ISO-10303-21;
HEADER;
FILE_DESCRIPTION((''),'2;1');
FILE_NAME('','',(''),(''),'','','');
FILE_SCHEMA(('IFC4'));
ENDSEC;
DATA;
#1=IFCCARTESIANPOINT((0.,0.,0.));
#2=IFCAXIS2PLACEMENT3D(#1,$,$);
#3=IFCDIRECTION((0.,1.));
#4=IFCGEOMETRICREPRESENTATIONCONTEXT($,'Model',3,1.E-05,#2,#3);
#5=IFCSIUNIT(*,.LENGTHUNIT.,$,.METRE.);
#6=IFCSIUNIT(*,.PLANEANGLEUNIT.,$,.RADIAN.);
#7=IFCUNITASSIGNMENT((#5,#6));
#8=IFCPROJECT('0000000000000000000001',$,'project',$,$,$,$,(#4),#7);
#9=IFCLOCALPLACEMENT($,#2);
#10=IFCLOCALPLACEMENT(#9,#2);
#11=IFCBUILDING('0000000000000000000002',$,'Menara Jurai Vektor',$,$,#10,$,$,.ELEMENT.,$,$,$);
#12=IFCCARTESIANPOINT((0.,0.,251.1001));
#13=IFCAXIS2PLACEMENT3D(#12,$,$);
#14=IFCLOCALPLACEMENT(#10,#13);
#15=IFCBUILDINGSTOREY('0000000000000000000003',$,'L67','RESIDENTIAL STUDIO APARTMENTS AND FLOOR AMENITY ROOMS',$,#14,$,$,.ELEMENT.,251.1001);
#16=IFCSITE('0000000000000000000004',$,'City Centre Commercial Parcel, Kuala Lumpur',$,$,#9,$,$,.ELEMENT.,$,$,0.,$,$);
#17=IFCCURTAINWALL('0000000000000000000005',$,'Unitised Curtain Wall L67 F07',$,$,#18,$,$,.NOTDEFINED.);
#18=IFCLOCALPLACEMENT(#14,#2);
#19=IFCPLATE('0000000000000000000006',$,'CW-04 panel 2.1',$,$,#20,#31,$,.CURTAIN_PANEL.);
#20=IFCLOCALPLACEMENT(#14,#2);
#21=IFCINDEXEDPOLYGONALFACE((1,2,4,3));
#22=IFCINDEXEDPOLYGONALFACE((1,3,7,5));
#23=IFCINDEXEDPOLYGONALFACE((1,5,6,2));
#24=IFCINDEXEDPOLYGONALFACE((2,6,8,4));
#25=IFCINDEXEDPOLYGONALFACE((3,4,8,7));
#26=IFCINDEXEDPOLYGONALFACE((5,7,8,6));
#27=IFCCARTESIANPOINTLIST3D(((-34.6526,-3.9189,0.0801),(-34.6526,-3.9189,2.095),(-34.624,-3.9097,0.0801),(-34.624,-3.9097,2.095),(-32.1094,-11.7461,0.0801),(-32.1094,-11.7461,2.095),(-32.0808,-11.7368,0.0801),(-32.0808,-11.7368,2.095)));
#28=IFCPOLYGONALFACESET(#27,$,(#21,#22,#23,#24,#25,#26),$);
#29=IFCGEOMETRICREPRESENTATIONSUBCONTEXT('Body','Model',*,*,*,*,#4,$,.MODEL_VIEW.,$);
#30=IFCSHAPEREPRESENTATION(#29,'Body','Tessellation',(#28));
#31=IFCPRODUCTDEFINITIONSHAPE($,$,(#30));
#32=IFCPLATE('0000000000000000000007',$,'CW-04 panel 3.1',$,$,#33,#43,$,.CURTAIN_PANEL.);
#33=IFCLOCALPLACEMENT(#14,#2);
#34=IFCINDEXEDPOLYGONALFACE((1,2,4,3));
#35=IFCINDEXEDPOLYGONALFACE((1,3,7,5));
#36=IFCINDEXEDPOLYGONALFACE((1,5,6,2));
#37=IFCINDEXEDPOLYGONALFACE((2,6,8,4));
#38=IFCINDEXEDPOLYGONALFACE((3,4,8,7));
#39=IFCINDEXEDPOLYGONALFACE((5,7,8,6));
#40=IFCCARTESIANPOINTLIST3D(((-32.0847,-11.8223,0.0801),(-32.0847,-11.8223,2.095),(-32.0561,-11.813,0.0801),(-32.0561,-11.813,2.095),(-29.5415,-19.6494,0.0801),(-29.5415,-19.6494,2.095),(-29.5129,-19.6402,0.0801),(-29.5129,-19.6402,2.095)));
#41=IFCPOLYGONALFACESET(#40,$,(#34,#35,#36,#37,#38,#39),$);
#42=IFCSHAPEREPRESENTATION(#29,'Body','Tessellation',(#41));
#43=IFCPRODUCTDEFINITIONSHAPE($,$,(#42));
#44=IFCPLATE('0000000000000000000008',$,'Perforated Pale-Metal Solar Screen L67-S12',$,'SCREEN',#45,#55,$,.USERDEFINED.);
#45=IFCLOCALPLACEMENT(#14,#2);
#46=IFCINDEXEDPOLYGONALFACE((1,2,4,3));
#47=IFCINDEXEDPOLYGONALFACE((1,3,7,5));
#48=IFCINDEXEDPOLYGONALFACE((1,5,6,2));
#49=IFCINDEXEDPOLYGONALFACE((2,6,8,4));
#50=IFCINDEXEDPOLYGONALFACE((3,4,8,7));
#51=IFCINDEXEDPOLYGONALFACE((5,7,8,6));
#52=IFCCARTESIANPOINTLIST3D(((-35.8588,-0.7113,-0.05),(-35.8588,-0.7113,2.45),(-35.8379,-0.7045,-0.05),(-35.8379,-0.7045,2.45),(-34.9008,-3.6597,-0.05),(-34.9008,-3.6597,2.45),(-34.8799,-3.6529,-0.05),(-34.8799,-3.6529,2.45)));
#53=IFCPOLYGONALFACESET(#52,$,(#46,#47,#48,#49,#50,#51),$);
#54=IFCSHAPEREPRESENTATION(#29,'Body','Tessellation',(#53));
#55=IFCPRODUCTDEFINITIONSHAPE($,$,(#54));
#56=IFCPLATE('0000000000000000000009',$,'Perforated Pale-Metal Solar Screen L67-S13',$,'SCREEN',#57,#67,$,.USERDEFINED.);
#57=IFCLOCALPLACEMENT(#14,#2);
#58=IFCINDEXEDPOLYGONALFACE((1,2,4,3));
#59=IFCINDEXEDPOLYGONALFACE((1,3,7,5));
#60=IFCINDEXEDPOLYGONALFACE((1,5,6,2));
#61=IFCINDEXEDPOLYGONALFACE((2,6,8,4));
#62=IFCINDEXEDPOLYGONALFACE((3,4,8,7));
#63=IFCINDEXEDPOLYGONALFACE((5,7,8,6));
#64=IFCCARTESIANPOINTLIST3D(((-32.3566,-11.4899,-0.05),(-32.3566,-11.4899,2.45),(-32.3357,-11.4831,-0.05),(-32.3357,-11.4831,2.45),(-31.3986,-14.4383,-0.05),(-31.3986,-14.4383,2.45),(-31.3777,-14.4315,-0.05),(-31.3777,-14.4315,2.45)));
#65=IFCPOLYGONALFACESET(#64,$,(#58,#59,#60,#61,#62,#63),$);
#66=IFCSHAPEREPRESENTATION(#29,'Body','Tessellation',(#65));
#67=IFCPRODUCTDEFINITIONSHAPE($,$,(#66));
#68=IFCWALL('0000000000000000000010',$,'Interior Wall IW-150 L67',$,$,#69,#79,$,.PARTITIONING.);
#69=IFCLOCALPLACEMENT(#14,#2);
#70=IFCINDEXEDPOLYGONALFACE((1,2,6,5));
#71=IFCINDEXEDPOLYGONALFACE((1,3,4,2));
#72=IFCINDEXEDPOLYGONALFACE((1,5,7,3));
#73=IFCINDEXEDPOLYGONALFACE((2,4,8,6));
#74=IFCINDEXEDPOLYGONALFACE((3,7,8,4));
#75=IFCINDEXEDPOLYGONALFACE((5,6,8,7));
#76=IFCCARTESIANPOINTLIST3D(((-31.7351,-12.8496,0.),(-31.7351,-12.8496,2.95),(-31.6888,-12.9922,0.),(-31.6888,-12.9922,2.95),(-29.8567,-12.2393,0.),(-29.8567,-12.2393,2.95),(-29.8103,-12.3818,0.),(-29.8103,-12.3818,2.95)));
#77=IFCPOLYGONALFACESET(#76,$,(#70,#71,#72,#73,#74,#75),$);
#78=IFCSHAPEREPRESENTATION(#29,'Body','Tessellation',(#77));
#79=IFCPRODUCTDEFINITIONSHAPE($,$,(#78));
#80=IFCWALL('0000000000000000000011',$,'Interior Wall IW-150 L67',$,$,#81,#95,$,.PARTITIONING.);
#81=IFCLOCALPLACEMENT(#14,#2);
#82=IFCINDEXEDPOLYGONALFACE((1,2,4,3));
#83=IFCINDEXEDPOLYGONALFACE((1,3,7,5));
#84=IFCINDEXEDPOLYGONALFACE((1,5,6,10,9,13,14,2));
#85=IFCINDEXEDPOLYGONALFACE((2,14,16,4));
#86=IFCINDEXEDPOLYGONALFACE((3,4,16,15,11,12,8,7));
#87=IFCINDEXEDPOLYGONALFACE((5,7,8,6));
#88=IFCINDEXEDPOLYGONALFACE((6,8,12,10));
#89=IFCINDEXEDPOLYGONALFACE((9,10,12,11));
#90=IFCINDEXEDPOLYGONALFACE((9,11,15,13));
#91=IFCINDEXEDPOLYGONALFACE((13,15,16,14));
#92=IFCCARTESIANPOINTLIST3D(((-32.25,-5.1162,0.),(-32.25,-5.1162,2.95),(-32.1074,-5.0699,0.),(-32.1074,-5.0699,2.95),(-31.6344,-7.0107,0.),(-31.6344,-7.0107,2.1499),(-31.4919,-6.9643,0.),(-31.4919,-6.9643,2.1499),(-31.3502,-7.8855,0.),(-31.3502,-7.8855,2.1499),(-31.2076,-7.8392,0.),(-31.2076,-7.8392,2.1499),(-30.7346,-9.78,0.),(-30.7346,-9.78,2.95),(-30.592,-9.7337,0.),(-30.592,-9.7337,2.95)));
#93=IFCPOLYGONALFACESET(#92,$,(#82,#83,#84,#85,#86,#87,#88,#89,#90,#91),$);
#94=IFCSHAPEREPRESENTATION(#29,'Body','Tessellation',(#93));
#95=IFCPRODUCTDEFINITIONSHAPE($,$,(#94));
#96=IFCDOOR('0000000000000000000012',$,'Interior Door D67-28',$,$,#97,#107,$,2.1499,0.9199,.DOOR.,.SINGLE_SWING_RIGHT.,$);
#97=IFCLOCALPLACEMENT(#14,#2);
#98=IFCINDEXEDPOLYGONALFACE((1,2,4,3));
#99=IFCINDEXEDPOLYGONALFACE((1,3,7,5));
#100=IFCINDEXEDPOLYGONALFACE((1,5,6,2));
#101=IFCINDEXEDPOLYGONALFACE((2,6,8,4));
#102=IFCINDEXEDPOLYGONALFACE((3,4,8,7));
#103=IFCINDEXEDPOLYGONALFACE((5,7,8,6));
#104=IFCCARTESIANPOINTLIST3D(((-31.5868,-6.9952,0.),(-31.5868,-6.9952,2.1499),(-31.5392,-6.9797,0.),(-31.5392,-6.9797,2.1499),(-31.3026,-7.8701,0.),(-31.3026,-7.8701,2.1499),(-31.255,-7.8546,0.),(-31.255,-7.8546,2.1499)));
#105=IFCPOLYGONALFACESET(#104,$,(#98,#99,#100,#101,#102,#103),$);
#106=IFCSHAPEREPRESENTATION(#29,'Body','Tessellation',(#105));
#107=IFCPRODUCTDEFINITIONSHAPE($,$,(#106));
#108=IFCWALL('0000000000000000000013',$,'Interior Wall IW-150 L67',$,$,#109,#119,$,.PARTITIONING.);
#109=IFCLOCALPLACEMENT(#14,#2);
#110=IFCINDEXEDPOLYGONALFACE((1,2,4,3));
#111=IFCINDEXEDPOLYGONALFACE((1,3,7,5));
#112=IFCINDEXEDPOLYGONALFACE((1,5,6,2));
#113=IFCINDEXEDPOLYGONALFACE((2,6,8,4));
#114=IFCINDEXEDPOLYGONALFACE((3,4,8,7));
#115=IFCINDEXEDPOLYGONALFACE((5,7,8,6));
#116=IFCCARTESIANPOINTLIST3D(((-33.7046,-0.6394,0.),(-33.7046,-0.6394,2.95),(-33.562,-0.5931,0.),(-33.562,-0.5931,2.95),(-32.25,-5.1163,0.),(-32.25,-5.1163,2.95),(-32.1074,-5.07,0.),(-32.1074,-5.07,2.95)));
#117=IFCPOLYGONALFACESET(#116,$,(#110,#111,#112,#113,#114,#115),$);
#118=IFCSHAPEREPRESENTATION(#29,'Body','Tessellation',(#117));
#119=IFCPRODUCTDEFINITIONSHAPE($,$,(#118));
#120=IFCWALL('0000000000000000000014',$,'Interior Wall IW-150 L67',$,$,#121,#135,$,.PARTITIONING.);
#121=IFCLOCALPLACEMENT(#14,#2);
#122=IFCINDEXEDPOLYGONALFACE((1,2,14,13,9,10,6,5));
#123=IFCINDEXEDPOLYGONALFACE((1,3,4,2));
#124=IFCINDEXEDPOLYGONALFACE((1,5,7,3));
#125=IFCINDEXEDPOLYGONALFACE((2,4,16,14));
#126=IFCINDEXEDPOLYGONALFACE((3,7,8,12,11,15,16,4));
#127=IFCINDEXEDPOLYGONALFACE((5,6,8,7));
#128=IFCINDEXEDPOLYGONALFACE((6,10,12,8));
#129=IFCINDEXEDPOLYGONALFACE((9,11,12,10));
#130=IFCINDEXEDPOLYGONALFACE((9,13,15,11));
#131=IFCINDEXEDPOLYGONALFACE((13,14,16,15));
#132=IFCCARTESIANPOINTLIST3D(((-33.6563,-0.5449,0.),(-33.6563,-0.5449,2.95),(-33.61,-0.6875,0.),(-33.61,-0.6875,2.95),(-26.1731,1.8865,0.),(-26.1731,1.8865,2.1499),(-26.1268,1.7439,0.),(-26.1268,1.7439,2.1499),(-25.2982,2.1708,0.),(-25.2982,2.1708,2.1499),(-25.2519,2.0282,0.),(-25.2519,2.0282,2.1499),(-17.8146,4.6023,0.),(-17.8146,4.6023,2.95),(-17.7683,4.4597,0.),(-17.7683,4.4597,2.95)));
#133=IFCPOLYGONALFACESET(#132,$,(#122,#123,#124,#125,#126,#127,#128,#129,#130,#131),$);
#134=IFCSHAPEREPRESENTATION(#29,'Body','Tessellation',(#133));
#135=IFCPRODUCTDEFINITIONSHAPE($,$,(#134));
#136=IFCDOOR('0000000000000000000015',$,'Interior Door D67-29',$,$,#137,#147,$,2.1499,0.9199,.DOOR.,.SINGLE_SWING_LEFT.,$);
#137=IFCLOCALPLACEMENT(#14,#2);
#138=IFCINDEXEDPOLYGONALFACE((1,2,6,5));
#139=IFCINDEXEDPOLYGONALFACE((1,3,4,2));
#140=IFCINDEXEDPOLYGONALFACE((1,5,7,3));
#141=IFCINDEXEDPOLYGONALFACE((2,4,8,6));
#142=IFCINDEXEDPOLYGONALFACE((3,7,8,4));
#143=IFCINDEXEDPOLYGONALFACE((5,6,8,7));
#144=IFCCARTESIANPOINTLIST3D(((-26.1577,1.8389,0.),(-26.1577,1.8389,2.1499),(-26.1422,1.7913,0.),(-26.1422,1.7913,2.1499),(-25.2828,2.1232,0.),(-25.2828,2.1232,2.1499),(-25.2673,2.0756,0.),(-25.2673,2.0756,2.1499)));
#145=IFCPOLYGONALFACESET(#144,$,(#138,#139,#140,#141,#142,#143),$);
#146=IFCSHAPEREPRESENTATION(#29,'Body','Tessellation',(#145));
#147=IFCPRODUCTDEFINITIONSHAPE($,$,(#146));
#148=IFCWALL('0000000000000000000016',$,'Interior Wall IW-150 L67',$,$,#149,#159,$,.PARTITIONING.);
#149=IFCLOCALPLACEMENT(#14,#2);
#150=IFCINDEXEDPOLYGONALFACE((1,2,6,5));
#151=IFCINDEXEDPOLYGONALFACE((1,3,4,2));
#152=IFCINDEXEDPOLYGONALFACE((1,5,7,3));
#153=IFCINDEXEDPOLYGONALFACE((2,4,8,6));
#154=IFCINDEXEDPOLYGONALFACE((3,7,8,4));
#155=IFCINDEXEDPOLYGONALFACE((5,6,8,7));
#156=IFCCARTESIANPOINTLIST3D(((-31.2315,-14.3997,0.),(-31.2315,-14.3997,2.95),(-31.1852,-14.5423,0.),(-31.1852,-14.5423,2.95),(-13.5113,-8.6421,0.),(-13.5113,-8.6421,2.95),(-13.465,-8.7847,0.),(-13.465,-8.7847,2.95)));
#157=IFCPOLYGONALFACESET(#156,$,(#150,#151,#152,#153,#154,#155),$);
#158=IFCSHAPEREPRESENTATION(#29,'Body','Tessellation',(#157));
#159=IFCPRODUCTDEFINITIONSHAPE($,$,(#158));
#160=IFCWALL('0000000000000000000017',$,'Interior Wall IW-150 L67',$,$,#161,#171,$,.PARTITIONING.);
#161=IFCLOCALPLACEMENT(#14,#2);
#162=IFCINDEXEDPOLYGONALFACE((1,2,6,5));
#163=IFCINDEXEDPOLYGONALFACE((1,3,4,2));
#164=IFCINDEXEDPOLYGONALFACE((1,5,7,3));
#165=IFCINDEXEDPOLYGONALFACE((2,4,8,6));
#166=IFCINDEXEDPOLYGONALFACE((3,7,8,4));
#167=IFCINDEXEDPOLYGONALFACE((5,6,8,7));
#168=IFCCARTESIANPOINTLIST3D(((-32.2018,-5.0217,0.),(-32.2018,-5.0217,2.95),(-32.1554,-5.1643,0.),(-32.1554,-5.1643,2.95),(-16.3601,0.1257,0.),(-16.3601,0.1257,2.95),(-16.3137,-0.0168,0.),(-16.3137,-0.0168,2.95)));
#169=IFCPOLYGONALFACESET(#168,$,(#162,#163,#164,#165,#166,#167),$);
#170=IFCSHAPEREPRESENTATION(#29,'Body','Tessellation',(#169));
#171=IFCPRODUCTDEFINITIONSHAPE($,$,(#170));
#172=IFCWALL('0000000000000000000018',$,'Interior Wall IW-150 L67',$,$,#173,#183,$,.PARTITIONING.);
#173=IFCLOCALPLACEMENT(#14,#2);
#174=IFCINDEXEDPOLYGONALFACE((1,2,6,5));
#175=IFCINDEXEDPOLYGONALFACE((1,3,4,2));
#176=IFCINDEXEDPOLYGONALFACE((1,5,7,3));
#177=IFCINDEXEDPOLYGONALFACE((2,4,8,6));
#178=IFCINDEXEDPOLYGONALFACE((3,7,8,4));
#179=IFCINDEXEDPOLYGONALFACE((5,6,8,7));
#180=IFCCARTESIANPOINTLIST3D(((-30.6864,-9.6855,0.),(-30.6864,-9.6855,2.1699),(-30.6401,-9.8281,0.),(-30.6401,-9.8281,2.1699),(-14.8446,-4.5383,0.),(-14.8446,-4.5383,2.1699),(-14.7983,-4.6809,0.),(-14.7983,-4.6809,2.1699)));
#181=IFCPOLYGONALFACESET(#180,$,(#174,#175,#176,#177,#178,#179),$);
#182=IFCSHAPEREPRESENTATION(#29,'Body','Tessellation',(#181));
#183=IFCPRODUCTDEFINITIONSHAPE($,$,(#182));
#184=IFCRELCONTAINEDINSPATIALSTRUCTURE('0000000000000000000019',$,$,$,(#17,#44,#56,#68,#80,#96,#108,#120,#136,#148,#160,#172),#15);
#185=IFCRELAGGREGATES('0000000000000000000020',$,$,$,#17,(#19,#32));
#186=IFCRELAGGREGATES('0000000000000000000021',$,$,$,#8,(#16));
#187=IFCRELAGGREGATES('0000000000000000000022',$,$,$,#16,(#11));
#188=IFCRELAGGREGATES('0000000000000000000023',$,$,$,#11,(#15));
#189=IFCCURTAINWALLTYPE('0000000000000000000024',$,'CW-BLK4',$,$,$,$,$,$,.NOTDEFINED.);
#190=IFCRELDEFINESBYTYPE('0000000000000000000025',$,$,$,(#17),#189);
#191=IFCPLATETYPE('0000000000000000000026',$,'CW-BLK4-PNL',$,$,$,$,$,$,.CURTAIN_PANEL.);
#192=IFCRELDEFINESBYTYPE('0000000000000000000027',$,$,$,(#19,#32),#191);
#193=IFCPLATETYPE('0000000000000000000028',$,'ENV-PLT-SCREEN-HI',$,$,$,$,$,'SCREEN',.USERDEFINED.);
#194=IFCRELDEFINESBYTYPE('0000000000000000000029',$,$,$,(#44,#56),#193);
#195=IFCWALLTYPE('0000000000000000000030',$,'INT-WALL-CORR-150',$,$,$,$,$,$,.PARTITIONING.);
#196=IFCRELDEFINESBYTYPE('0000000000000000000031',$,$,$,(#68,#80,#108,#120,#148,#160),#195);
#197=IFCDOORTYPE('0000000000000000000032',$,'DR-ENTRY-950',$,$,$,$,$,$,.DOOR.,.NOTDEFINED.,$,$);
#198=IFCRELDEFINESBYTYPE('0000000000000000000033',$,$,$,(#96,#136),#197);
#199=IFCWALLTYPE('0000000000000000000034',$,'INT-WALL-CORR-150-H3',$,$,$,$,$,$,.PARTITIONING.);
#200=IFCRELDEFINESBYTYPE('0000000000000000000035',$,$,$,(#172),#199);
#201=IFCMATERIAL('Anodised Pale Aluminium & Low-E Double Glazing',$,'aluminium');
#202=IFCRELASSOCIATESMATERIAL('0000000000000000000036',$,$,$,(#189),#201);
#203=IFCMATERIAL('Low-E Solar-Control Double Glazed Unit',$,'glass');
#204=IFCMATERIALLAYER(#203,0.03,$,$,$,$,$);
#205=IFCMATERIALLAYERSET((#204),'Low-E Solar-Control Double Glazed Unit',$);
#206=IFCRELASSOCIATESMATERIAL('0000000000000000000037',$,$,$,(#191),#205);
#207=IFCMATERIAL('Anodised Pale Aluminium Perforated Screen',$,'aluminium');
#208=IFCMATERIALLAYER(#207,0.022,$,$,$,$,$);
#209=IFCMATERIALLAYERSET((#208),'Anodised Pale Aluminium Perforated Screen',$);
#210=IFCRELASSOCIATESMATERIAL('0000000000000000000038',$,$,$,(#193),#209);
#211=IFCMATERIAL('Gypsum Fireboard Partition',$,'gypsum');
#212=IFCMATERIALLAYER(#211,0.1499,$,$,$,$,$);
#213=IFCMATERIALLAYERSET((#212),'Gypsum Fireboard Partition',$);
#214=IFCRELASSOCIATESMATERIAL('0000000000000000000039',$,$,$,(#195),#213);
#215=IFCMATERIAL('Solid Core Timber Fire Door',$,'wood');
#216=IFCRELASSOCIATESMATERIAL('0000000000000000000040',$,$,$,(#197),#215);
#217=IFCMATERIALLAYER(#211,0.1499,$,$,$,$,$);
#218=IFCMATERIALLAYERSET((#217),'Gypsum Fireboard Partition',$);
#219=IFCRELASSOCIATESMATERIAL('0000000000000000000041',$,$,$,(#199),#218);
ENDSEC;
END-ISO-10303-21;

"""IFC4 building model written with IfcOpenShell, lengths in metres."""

from ifc_helpers import new_model, si_unit, direction, frame, frame_2d, origin, origin_2d, place, context, subcontext, project, spatial, rectangle, extrude, material, layer, layer_set, type_object, element, fill, aggregate, save


model = new_model("IFC4")

# Units and contexts
model_context = context("Model", 3, precision=1e-05, world=origin(), true_north=direction((0.0, 1.0)))
body_context = subcontext(model_context, "Body", "Model", "MODEL_VIEW")
ifc_project = project(units=[si_unit("LENGTHUNIT", "METRE"), si_unit("PLANEANGLEUNIT", "RADIAN")], contexts=[model_context])

# Site, building, storey
site_placement = place(None, origin())
site = spatial("IfcSite", under=ifc_project, at=site_placement, Name="City Centre Commercial Parcel, Kuala Lumpur", CompositionType="ELEMENT", RefElevation=0.0)
building_placement = place(site_placement, origin())
building = spatial("IfcBuilding", under=site, at=building_placement, Name="Menara Jurai Vektor", CompositionType="ELEMENT")
storey_placement = place(building_placement, frame((0.0, 0.0, 251.1001)))
storey = spatial("IfcBuildingStorey", under=building, at=storey_placement, Name="L67", Description="RESIDENTIAL STUDIO APARTMENTS AND FLOOR AMENITY ROOMS", CompositionType="ELEMENT", Elevation=251.1001)

# Curtain wall
ifc_material_1 = material(Name="Anodised Pale Aluminium & Low-E Double Glazing", Category="aluminium")
curtain_wall_type = type_object("IfcCurtainWallType", Name="CW-BLK4", PredefinedType="NOTDEFINED", material=ifc_material_1)
curtain_wall_placement = place(storey_placement, origin())
curtain_wall = element("IfcCurtainWall", 1, at=curtain_wall_placement, inside=storey, type_object=curtain_wall_type, Name="Unitised Curtain Wall L67 F07", PredefinedType="NOTDEFINED")

# Plates
ifc_material_2 = material(Name="Low-E Solar-Control Double Glazed Unit", Category="glass")
ifc_layer_1 = layer(ifc_material_2, 0.03)
ifc_layer_set_1 = layer_set([ifc_layer_1], Name="Low-E Solar-Control Double Glazed Unit")
plate_type_1 = type_object("IfcPlateType", Name="CW-BLK4-PNL", PredefinedType="CURTAIN_PANEL", material=ifc_layer_set_1)
plate_1_placement = place(storey_placement, frame((-33.3667, -7.8279, 0.0801), z_axis=(0.0, 0.0, 1.0), x_axis=(0.309016, -0.951057, 0.0)))
plate_1 = element("IfcPlate", 2, at=plate_1_placement, type_object=plate_type_1, Name="CW-04 panel 2.1", PredefinedType="CURTAIN_PANEL", context=body_context, shape_type="SweptSolid", body=[
    extrude(rectangle(XDim=8.23, YDim=0.03, at=origin_2d()), origin(), (0.0, 0.0, 1.0), 2.0149),
])
plate_2_placement = place(storey_placement, frame((-30.7988, -15.7312, 0.0801), z_axis=(0.0, 0.0, 1.0), x_axis=(0.309016, -0.951057, 0.0)))
plate_2 = element("IfcPlate", 3, at=plate_2_placement, type_object=plate_type_1, Name="CW-04 panel 3.1", PredefinedType="CURTAIN_PANEL", context=body_context, shape_type="SweptSolid", body=[
    extrude(rectangle(XDim=8.23, YDim=0.03, at=origin_2d()), origin(), (0.0, 0.0, 1.0), 2.0149),
])
aggregate(curtain_wall, [plate_1, plate_2])

# Plates
ifc_material_3 = material(Name="Anodised Pale Aluminium Perforated Screen", Category="aluminium")
ifc_layer_2 = layer(ifc_material_3, 0.022)
ifc_layer_set_2 = layer_set([ifc_layer_2], Name="Anodised Pale Aluminium Perforated Screen")
plate_type_2 = type_object("IfcPlateType", Name="ENV-PLT-SCREEN-HI", ElementType="SCREEN", PredefinedType="USERDEFINED", material=ifc_layer_set_2)
for number, where, z_axis, x_axis, name in (
    (4, (-35.3694, -2.1821, -0.05), (0.0, 0.0, 1.0), (0.309017, -0.951057, 0.0), "Perforated Pale-Metal Solar Screen L67-S12"),
    (5, (-31.8672, -12.9607, -0.05), (0.0, 0.0, 1.0), (0.309017, -0.951057, 0.0), "Perforated Pale-Metal Solar Screen L67-S13"),
):
    element("IfcPlate", number, at=place(storey_placement, frame(where, z_axis=z_axis, x_axis=x_axis)), inside=storey, type_object=plate_type_2, Name=name, ObjectType="SCREEN", PredefinedType="USERDEFINED", context=body_context, shape_type="SweptSolid", body=[
        extrude(rectangle(XDim=3.1001, YDim=0.022, at=origin_2d()), origin(), (0.0, 0.0, 1.0), 2.5),
    ])

# Wall
ifc_material_4 = material(Name="Gypsum Fireboard Partition", Category="gypsum")
ifc_layer_3 = layer(ifc_material_4, 0.1499)
ifc_layer_set_3 = layer_set([ifc_layer_3], Name="Gypsum Fireboard Partition")
wall_type_1 = type_object("IfcWallType", Name="INT-WALL-CORR-150", PredefinedType="PARTITIONING", material=ifc_layer_set_3)
wall_1_placement = place(storey_placement, frame((-31.7119, -12.9209, 0.0), z_axis=(0.0, 0.0, 1.0), x_axis=(0.951054, 0.309025, 0.0)))
element("IfcWall", 6, at=wall_1_placement, inside=storey, type_object=wall_type_1, Name="Interior Wall IW-150 L67", PredefinedType="PARTITIONING", context=body_context, shape_type="SweptSolid", body=[
    extrude(rectangle(XDim=1.9751, YDim=0.1499, at=frame_2d((0.9875, 0.0))), origin(), (0.0, 0.0, 1.0), 2.95),
])

# Wall, opening, door
ifc_material_5 = material(Name="Solid Core Timber Fire Door", Category="wood")
door_type = type_object("IfcDoorType", Name="DR-ENTRY-950", OperationType="NOTDEFINED", PredefinedType="DOOR", material=ifc_material_5)
wall_2_placement = place(storey_placement, frame((-30.6633, -9.7568, 0.0), z_axis=(0.0, 0.0, 1.0), x_axis=(-0.30902, 0.951056, 0.0)))
wall_2 = element("IfcWall", 7, at=wall_2_placement, inside=storey, type_object=wall_type_1, Name="Interior Wall IW-150 L67", PredefinedType="PARTITIONING", context=body_context, shape_type="SweptSolid", body=[
    extrude(rectangle(XDim=4.9038, YDim=0.1499, at=frame_2d((2.4519, 0.0))), origin(), (0.0, 0.0, 1.0), 2.95),
])
opening_1_placement = place(wall_2_placement, frame((1.9919, 0.0, 0.0)))
opening_1 = element("IfcOpeningElement", 8, at=opening_1_placement, cuts=wall_2, PredefinedType="OPENING", context=body_context, shape_type="SweptSolid", body=[
    extrude(rectangle(XDim=0.9199, YDim=2.1499, at=frame_2d((0.46, 1.075))), frame((0.0, 0.085, 0.0), z_axis=(0.0, -1.0, 0.0), x_axis=(1.0, 0.0, 0.0)), (0.0, 0.0, 1.0), 0.1699),
])
door_1_placement = place(opening_1_placement, origin())
door_1 = element("IfcDoor", 9, at=door_1_placement, inside=storey, type_object=door_type, Name="Interior Door D67-28", OperationType="SINGLE_SWING_RIGHT", OverallHeight=2.1499, OverallWidth=0.9199, PredefinedType="DOOR", context=body_context, shape_type="SweptSolid", body=[
    extrude(rectangle(XDim=0.9199, YDim=2.1499, at=frame_2d((0.46, 1.075))), frame((0.0, 0.0249, 0.0), z_axis=(0.0, -1.0, 0.0), x_axis=(1.0, 0.0, 0.0)), (0.0, 0.0, 1.0), 0.05),
])
fill(opening_1, door_1)

# Wall
wall_3_placement = place(storey_placement, frame((-32.1787, -5.093, 0.0), z_axis=(0.0, 0.0, 1.0), x_axis=(-0.309015, 0.951057, 0.0)))
element("IfcWall", 10, at=wall_3_placement, inside=storey, type_object=wall_type_1, Name="Interior Wall IW-150 L67", PredefinedType="PARTITIONING", context=body_context, shape_type="SweptSolid", body=[
    extrude(rectangle(XDim=4.7073, YDim=0.1499, at=frame_2d((2.3535, 0.0))), origin(), (0.0, 0.0, 1.0), 2.95),
])

# Wall, opening, door
wall_4_placement = place(storey_placement, frame((-33.6333, -0.6162, 0.0), z_axis=(0.0, 0.0, 1.0), x_axis=(0.951058, 0.309012, 0.0)))
wall_4 = element("IfcWall", 11, at=wall_4_placement, inside=storey, type_object=wall_type_1, Name="Interior Wall IW-150 L67", PredefinedType="PARTITIONING", context=body_context, shape_type="SweptSolid", body=[
    extrude(rectangle(XDim=16.657, YDim=0.1499, at=frame_2d((8.3286, 0.0))), origin(), (0.0, 0.0, 1.0), 2.95),
])
opening_2_placement = place(wall_4_placement, frame((7.8684, 0.0, 0.0)))
opening_2 = element("IfcOpeningElement", 12, at=opening_2_placement, cuts=wall_4, PredefinedType="OPENING", context=body_context, shape_type="SweptSolid", body=[
    extrude(rectangle(XDim=0.9199, YDim=2.1499, at=frame_2d((0.46, 1.075))), frame((0.0, 0.085, 0.0), z_axis=(0.0, -1.0, 0.0), x_axis=(1.0, 0.0, 0.0)), (0.0, 0.0, 1.0), 0.1699),
])
door_2_placement = place(opening_2_placement, origin())
door_2 = element("IfcDoor", 13, at=door_2_placement, inside=storey, type_object=door_type, Name="Interior Door D67-29", OperationType="SINGLE_SWING_LEFT", OverallHeight=2.1499, OverallWidth=0.9199, PredefinedType="DOOR", context=body_context, shape_type="SweptSolid", body=[
    extrude(rectangle(XDim=0.9199, YDim=2.1499, at=frame_2d((0.46, 1.075))), frame((0.0, 0.0249, 0.0), z_axis=(0.0, -1.0, 0.0), x_axis=(1.0, 0.0, 0.0)), (0.0, 0.0, 1.0), 0.05),
])
fill(opening_2, door_2)

# Walls
wall_5_placement = place(storey_placement, frame((-31.2083, -14.4709, 0.0), z_axis=(0.0, 0.0, 1.0), x_axis=(0.951058, 0.309013, 0.0)))
element("IfcWall", 14, at=wall_5_placement, inside=storey, type_object=wall_type_1, Name="Interior Wall IW-150 L67", PredefinedType="PARTITIONING", context=body_context, shape_type="SweptSolid", body=[
    extrude(rectangle(XDim=18.6321, YDim=0.1499, at=frame_2d((9.3159, 0.0))), origin(), (0.0, 0.0, 1.0), 2.95),
])
wall_6_placement = place(storey_placement, frame((-32.1787, -5.093, 0.0), z_axis=(0.0, 0.0, 1.0), x_axis=(0.951054, 0.309025, 0.0)))
element("IfcWall", 15, at=wall_6_placement, inside=storey, type_object=wall_type_1, Name="Interior Wall IW-150 L67", PredefinedType="PARTITIONING", context=body_context, shape_type="SweptSolid", body=[
    extrude(rectangle(XDim=16.657, YDim=0.1499, at=frame_2d((8.3286, 0.0))), origin(), (0.0, 0.0, 1.0), 2.95),
])
ifc_layer_4 = layer(ifc_material_4, 0.1499)
ifc_layer_set_4 = layer_set([ifc_layer_4], Name="Gypsum Fireboard Partition")
wall_type_2 = type_object("IfcWallType", Name="INT-WALL-CORR-150-H3", PredefinedType="PARTITIONING", material=ifc_layer_set_4)
wall_7_placement = place(storey_placement, frame((-30.6633, -9.7568, 0.0), z_axis=(0.0, 0.0, 1.0), x_axis=(0.951058, 0.309012, 0.0)))
element("IfcWall", 16, at=wall_7_placement, inside=storey, type_object=wall_type_2, Name="Interior Wall IW-150 L67", PredefinedType="PARTITIONING", context=body_context, shape_type="SweptSolid", body=[
    extrude(rectangle(XDim=16.657, YDim=0.1499, at=frame_2d((8.3286, 0.0))), origin(), (0.0, 0.0, 1.0), 2.1699),
])

save(model, "model.ifc")
